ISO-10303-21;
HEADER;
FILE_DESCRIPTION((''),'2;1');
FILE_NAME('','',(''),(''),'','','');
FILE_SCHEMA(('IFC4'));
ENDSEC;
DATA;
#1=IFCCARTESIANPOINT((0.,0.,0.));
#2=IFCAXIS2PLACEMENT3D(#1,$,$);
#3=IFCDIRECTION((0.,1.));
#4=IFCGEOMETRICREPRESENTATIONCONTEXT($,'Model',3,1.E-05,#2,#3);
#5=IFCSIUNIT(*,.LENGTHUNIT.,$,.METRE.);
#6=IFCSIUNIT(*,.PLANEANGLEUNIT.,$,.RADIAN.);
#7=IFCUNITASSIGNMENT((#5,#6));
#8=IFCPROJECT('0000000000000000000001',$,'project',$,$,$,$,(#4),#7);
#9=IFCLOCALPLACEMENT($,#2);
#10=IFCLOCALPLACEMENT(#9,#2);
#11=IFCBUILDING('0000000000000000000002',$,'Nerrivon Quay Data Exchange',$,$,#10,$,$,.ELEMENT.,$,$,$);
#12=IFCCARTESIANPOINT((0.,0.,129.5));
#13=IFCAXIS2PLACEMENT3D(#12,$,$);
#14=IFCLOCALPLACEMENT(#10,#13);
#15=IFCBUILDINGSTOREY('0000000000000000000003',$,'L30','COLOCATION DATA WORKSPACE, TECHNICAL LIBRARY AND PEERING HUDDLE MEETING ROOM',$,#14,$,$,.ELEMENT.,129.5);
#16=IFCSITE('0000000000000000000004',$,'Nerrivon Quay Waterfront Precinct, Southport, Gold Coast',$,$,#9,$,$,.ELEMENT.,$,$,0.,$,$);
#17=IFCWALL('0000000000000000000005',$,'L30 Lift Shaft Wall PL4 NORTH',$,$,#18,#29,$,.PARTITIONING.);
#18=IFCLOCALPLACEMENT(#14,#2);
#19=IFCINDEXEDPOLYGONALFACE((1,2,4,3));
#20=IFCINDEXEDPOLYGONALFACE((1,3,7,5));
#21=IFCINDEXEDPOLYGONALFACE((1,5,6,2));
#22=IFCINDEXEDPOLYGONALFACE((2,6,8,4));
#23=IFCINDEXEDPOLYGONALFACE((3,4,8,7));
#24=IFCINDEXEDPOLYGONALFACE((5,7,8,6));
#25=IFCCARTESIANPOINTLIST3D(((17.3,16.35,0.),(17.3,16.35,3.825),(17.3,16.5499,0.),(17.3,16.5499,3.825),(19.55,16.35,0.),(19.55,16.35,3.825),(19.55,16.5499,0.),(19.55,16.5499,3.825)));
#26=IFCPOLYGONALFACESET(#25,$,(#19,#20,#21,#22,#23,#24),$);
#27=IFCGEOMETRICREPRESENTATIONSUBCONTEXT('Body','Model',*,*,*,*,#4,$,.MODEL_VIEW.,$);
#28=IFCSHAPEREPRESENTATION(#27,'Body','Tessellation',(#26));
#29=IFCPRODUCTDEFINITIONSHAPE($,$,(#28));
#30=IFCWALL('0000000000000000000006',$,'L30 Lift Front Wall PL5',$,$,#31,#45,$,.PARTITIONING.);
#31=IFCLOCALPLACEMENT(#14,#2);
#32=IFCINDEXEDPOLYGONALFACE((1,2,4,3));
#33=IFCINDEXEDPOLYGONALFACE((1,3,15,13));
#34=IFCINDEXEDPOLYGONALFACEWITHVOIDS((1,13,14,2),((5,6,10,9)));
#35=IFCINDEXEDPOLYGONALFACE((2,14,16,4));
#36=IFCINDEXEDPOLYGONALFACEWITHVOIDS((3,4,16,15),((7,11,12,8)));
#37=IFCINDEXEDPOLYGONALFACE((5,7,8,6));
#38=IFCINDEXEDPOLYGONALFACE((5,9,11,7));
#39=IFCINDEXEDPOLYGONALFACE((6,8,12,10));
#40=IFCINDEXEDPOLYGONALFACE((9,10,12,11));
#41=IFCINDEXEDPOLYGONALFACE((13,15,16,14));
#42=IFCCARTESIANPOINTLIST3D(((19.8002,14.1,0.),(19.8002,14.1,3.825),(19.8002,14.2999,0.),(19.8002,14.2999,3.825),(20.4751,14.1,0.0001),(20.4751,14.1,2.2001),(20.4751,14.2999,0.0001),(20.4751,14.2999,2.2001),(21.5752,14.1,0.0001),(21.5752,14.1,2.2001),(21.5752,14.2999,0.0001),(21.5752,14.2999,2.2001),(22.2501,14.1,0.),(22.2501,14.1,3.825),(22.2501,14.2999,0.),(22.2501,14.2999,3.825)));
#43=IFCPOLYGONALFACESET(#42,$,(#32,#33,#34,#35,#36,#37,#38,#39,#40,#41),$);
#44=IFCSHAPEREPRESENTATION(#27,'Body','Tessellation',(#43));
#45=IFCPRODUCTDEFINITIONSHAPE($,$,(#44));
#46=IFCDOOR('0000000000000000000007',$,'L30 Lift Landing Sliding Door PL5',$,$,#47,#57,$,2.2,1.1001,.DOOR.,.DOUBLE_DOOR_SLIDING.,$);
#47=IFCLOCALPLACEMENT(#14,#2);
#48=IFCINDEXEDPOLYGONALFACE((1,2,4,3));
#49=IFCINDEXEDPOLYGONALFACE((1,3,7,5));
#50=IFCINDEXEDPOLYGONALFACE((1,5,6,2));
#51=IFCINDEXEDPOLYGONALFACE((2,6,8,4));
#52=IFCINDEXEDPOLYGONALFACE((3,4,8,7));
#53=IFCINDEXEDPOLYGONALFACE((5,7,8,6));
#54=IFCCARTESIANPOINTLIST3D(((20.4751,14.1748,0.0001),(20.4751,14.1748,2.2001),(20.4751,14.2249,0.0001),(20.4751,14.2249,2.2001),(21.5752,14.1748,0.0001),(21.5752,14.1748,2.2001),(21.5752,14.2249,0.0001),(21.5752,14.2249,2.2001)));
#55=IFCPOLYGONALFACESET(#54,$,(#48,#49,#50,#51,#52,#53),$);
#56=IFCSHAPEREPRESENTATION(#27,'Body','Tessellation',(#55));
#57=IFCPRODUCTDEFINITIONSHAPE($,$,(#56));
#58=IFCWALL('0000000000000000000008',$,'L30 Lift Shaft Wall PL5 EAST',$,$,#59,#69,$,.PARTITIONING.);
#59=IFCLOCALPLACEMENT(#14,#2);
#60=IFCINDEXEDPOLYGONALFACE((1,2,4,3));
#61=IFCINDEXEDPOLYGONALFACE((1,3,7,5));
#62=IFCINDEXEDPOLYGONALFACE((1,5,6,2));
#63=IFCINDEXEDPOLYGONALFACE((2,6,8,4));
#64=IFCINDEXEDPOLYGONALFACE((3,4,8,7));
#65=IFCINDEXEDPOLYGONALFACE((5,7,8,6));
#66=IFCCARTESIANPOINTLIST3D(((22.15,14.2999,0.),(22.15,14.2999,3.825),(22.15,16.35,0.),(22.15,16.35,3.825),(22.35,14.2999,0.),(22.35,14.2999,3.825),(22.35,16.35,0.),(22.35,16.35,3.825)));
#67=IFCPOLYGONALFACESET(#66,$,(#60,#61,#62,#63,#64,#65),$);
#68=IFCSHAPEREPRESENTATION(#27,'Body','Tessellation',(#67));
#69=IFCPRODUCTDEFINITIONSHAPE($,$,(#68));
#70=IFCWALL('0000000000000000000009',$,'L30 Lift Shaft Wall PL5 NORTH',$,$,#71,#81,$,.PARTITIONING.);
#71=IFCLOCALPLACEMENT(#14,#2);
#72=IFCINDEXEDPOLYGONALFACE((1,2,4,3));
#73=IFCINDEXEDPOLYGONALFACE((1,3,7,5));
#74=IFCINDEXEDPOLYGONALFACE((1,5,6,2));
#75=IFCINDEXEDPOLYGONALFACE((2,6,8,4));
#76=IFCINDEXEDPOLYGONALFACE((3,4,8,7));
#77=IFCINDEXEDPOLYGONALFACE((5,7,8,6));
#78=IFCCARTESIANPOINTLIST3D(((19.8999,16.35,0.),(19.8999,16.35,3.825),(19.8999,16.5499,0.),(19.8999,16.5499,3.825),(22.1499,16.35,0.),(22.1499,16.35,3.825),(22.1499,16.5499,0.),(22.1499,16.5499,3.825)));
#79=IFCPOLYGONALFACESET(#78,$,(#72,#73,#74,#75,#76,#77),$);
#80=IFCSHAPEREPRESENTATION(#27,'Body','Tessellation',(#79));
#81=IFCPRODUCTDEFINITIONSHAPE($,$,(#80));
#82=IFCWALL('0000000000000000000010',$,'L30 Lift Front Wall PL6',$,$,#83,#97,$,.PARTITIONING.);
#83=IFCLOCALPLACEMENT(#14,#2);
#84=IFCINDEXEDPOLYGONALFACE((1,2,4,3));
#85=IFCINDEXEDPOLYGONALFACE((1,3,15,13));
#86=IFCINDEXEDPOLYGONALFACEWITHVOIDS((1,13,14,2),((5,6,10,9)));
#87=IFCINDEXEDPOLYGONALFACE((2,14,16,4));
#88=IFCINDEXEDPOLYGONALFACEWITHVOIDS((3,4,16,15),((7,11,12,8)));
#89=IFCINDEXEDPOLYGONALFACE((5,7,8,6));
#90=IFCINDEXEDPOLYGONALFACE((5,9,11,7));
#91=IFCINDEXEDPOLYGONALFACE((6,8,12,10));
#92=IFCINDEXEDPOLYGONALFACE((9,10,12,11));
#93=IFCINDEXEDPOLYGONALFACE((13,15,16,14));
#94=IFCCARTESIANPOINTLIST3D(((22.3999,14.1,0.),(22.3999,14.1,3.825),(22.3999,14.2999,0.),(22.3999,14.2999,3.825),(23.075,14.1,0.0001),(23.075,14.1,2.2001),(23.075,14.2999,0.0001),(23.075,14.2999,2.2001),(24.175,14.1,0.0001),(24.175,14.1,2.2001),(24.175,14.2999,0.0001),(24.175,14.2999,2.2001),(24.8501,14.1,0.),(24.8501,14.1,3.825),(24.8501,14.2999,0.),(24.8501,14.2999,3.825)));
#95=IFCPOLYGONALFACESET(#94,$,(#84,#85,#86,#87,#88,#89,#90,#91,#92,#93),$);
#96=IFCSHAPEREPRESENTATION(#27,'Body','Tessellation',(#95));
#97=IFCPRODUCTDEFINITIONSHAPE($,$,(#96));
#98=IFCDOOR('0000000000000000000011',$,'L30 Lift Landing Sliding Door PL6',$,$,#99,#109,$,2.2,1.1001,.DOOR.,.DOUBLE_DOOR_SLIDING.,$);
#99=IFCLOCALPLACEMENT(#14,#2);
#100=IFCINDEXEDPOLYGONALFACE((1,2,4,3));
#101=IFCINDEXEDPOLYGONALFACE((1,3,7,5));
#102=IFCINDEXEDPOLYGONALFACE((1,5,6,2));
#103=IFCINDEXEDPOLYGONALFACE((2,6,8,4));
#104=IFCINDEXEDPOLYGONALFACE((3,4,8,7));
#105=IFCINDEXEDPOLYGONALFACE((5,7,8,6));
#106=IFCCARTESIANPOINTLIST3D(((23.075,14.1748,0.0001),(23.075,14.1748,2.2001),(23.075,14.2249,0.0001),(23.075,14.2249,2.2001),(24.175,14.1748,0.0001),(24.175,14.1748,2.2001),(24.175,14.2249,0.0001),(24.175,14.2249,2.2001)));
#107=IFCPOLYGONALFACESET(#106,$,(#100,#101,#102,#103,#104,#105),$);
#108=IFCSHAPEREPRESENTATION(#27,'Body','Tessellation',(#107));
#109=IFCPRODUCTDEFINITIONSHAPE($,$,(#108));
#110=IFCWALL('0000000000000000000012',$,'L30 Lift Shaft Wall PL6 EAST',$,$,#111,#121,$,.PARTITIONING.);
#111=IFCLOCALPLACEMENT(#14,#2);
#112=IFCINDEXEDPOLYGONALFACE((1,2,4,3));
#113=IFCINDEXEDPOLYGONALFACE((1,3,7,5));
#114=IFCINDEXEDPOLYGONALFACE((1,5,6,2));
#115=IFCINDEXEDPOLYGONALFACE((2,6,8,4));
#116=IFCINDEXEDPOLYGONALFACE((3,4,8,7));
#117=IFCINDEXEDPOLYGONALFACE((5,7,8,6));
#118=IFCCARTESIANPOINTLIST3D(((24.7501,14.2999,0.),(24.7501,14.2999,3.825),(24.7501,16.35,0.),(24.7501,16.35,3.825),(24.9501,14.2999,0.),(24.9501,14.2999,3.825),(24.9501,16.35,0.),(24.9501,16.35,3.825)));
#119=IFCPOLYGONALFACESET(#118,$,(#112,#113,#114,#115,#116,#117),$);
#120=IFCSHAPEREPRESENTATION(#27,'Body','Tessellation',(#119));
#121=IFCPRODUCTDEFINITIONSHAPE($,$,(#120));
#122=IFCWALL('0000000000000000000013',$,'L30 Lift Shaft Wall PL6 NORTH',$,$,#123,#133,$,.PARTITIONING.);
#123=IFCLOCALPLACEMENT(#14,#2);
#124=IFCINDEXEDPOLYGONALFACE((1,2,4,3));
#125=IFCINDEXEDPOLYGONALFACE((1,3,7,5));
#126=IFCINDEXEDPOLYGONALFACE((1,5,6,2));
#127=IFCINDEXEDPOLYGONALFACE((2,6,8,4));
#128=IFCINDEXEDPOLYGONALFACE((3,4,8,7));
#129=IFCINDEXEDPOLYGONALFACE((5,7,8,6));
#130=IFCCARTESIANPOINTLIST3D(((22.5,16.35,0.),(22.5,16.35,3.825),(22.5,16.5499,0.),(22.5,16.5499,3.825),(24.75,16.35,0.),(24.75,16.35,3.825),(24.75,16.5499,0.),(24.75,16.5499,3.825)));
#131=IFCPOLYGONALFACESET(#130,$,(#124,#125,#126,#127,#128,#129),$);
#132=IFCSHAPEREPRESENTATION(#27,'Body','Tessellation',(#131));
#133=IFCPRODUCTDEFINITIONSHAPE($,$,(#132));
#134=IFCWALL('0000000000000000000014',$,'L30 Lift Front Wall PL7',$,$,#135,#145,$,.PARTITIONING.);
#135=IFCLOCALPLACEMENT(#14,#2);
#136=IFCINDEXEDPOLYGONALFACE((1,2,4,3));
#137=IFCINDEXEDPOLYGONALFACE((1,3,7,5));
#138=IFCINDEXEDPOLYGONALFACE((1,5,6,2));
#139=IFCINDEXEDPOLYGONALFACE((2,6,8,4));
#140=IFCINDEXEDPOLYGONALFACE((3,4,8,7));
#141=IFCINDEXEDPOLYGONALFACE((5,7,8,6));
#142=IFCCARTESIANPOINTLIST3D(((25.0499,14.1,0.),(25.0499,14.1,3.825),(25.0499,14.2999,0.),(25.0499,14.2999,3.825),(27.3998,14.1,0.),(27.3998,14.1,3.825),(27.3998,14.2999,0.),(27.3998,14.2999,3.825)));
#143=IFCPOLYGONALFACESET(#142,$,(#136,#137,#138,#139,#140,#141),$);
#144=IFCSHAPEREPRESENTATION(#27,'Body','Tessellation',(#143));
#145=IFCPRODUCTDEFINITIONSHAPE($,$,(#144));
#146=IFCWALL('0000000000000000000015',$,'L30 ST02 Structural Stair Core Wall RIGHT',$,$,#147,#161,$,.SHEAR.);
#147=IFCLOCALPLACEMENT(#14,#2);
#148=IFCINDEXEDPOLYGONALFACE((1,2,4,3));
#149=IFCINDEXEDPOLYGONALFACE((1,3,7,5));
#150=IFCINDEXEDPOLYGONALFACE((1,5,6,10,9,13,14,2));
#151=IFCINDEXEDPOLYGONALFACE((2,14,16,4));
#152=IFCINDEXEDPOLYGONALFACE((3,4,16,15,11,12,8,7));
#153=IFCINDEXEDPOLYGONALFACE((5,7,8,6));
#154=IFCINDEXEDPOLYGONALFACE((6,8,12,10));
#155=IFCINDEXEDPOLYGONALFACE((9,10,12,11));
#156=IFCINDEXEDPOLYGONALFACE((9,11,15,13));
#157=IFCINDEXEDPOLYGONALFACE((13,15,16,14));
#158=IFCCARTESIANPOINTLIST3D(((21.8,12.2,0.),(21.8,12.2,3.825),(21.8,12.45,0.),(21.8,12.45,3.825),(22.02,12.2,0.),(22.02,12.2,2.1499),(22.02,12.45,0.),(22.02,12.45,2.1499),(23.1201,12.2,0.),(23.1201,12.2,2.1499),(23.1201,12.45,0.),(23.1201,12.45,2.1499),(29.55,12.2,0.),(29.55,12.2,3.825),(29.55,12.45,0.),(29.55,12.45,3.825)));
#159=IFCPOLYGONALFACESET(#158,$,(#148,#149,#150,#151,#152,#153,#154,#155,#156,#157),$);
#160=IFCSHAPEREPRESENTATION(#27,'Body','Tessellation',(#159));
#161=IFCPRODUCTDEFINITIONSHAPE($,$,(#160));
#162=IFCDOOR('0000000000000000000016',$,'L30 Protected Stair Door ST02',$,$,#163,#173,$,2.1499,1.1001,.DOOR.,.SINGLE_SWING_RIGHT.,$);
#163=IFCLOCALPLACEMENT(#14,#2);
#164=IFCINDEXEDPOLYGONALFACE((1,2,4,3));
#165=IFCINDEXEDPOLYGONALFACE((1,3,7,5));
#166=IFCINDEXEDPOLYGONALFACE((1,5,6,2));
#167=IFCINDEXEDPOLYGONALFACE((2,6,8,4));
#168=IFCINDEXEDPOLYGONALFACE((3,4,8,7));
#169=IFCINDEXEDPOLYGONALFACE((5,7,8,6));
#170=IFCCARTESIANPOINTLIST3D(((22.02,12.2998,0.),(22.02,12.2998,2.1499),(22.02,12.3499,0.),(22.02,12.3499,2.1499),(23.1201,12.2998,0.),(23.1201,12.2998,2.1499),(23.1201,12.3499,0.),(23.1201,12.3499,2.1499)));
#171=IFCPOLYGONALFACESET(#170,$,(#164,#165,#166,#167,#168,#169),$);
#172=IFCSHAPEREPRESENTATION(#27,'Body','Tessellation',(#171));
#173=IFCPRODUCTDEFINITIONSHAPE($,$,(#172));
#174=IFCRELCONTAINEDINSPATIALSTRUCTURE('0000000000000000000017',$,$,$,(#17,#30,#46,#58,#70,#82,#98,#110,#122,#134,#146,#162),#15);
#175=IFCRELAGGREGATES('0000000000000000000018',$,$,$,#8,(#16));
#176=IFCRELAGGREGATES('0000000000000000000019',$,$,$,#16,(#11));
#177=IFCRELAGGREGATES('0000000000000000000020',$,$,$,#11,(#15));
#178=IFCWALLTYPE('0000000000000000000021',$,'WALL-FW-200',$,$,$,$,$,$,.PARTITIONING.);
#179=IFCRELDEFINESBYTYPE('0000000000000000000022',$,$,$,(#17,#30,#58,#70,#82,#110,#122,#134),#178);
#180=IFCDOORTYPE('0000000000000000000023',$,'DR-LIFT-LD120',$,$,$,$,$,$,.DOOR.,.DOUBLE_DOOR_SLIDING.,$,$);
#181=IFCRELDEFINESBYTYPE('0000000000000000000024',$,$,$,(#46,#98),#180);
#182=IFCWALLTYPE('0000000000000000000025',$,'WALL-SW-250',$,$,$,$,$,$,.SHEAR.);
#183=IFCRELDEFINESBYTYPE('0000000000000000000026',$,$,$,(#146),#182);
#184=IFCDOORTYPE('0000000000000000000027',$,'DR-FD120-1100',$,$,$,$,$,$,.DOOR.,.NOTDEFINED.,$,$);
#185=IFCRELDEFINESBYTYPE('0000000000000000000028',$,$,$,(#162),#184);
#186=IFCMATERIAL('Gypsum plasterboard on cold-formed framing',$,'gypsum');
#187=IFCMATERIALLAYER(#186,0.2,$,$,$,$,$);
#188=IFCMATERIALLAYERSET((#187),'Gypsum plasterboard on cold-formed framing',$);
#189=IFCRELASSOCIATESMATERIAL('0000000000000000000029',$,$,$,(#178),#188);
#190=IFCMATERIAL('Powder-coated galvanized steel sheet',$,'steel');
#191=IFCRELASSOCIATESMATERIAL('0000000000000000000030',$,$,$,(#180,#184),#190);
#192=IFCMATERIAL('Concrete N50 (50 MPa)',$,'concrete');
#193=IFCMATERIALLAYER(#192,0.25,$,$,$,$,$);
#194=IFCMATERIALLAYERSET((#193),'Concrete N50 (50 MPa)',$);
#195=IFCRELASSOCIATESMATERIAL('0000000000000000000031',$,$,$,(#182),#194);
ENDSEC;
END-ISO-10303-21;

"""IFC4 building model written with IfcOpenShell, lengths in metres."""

from ifc_helpers import new_model, si_unit, direction, frame, frame_2d, origin, place, context, subcontext, project, spatial, rectangle, extrude, material, layer, layer_set, type_object, element, fill, save


model = new_model("IFC4")

# Units and contexts
model_context = context("Model", 3, precision=1e-05, world=origin(), true_north=direction((0.0, 1.0)))
body_context = subcontext(model_context, "Body", "Model", "MODEL_VIEW")
ifc_project = project(units=[si_unit("LENGTHUNIT", "METRE"), si_unit("PLANEANGLEUNIT", "RADIAN")], contexts=[model_context])

# Site, building, storey
site_placement = place(None, origin())
site = spatial("IfcSite", under=ifc_project, at=site_placement, Name="Nerrivon Quay Waterfront Precinct, Southport, Gold Coast", CompositionType="ELEMENT", RefElevation=0.0)
building_placement = place(site_placement, origin())
building = spatial("IfcBuilding", under=site, at=building_placement, Name="Nerrivon Quay Data Exchange", CompositionType="ELEMENT")
storey_placement = place(building_placement, frame((0.0, 0.0, 129.5)))
storey = spatial("IfcBuildingStorey", under=building, at=storey_placement, Name="L30", Description="COLOCATION DATA WORKSPACE, TECHNICAL LIBRARY AND PEERING HUDDLE MEETING ROOM", CompositionType="ELEMENT", Elevation=129.5)

# Shared definitions
ifc_material_1 = material(Name="Gypsum plasterboard on cold-formed framing", Category="gypsum")
ifc_layer_1 = layer(ifc_material_1, 0.2)
ifc_layer_set_1 = layer_set([ifc_layer_1], Name="Gypsum plasterboard on cold-formed framing")
wall_type_1 = type_object("IfcWallType", Name="WALL-FW-200", PredefinedType="PARTITIONING", material=ifc_layer_set_1)

# Shared definitions
ifc_material_2 = material(Name="Powder-coated galvanized steel sheet", Category="steel")
door_type_1 = type_object("IfcDoorType", Name="DR-LIFT-LD120", OperationType="DOUBLE_DOOR_SLIDING", PredefinedType="DOOR", material=ifc_material_2)

# Wall
wall_1_placement = place(storey_placement, frame((17.3, 16.45, 0.0), z_axis=(0.0, 0.0, 1.0), x_axis=(1.0, 0.0, 0.0)))
element("IfcWall", 1, at=wall_1_placement, inside=storey, type_object=wall_type_1, Name="L30 Lift Shaft Wall PL4 NORTH", PredefinedType="PARTITIONING", context=body_context, shape_type="SweptSolid", body=[
    extrude(rectangle(XDim=2.25, YDim=0.2, at=frame_2d((1.125, 0.0))), origin(), (0.0, 0.0, 1.0), 3.825),
])

# Wall, opening, door
wall_2_placement = place(storey_placement, frame((19.8, 14.2, 0.0), z_axis=(0.0, 0.0, 1.0), x_axis=(1.0, 0.0, 0.0)))
wall_2 = element("IfcWall", 2, at=wall_2_placement, inside=storey, type_object=wall_type_1, Name="L30 Lift Front Wall PL5", PredefinedType="PARTITIONING", context=body_context, shape_type="SweptSolid", body=[
    extrude(rectangle(XDim=2.45, YDim=0.2, at=frame_2d((1.2251, 0.0))), origin(), (0.0, 0.0, 1.0), 3.825),
])
opening_1_placement = place(wall_2_placement, frame((0.675, 0.0, 0.0)))
opening_1 = element("IfcOpeningElement", 3, at=opening_1_placement, cuts=wall_2, PredefinedType="OPENING", context=body_context, shape_type="SweptSolid", body=[
    extrude(rectangle(XDim=1.1001, YDim=2.2, at=frame_2d((0.55, 1.1001))), frame((0.0, 0.1099, 0.0), z_axis=(0.0, -1.0, 0.0), x_axis=(1.0, 0.0, 0.0)), (0.0, 0.0, 1.0), 0.22),
])
door_1_placement = place(opening_1_placement, origin())
door_1 = element("IfcDoor", 4, at=door_1_placement, inside=storey, type_object=door_type_1, Name="L30 Lift Landing Sliding Door PL5", OperationType="DOUBLE_DOOR_SLIDING", OverallHeight=2.2, OverallWidth=1.1001, PredefinedType="DOOR", context=body_context, shape_type="SweptSolid", body=[
    extrude(rectangle(XDim=1.1001, YDim=2.2, at=frame_2d((0.55, 1.1001))), frame((0.0, 0.0249, 0.0), z_axis=(0.0, -1.0, 0.0), x_axis=(1.0, 0.0, 0.0)), (0.0, 0.0, 1.0), 0.05),
])
fill(opening_1, door_1)

# Walls
wall_3_placement = place(storey_placement, frame((22.25, 14.3, 0.0), z_axis=(0.0, 0.0, 1.0), x_axis=(0.0, 1.0, 0.0)))
element("IfcWall", 5, at=wall_3_placement, inside=storey, type_object=wall_type_1, Name="L30 Lift Shaft Wall PL5 EAST", PredefinedType="PARTITIONING", context=body_context, shape_type="SweptSolid", body=[
    extrude(rectangle(XDim=2.05, YDim=0.2, at=frame_2d((1.0249, 0.0))), origin(), (0.0, 0.0, 1.0), 3.825),
])
wall_4_placement = place(storey_placement, frame((19.8999, 16.45, 0.0), z_axis=(0.0, 0.0, 1.0), x_axis=(1.0, 0.0, 0.0)))
element("IfcWall", 6, at=wall_4_placement, inside=storey, type_object=wall_type_1, Name="L30 Lift Shaft Wall PL5 NORTH", PredefinedType="PARTITIONING", context=body_context, shape_type="SweptSolid", body=[
    extrude(rectangle(XDim=2.25, YDim=0.2, at=frame_2d((1.125, 0.0))), origin(), (0.0, 0.0, 1.0), 3.825),
])

# Wall, opening, door
wall_5_placement = place(storey_placement, frame((22.3999, 14.2, 0.0), z_axis=(0.0, 0.0, 1.0), x_axis=(1.0, 0.0, 0.0)))
wall_5 = element("IfcWall", 7, at=wall_5_placement, inside=storey, type_object=wall_type_1, Name="L30 Lift Front Wall PL6", PredefinedType="PARTITIONING", context=body_context, shape_type="SweptSolid", body=[
    extrude(rectangle(XDim=2.4502, YDim=0.2, at=frame_2d((1.2251, 0.0))), origin(), (0.0, 0.0, 1.0), 3.825),
])
opening_2_placement = place(wall_5_placement, frame((0.675, 0.0, 0.0)))
opening_2 = element("IfcOpeningElement", 8, at=opening_2_placement, cuts=wall_5, PredefinedType="OPENING", context=body_context, shape_type="SweptSolid", body=[
    extrude(rectangle(XDim=1.1001, YDim=2.2, at=frame_2d((0.55, 1.1001))), frame((0.0, 0.1099, 0.0), z_axis=(0.0, -1.0, 0.0), x_axis=(1.0, 0.0, 0.0)), (0.0, 0.0, 1.0), 0.22),
])
door_2_placement = place(opening_2_placement, origin())
door_2 = element("IfcDoor", 9, at=door_2_placement, inside=storey, type_object=door_type_1, Name="L30 Lift Landing Sliding Door PL6", OperationType="DOUBLE_DOOR_SLIDING", OverallHeight=2.2, OverallWidth=1.1001, PredefinedType="DOOR", context=body_context, shape_type="SweptSolid", body=[
    extrude(rectangle(XDim=1.1001, YDim=2.2, at=frame_2d((0.55, 1.1001))), frame((0.0, 0.0249, 0.0), z_axis=(0.0, -1.0, 0.0), x_axis=(1.0, 0.0, 0.0)), (0.0, 0.0, 1.0), 0.05),
])
fill(opening_2, door_2)

# Walls
wall_6_placement = place(storey_placement, frame((24.8501, 14.3, 0.0), z_axis=(0.0, 0.0, 1.0), x_axis=(0.0, 1.0, 0.0)))
element("IfcWall", 10, at=wall_6_placement, inside=storey, type_object=wall_type_1, Name="L30 Lift Shaft Wall PL6 EAST", PredefinedType="PARTITIONING", context=body_context, shape_type="SweptSolid", body=[
    extrude(rectangle(XDim=2.05, YDim=0.2, at=frame_2d((1.0249, 0.0))), origin(), (0.0, 0.0, 1.0), 3.825),
])
wall_7_placement = place(storey_placement, frame((22.5, 16.45, 0.0), z_axis=(0.0, 0.0, 1.0), x_axis=(1.0, 0.0, 0.0)))
element("IfcWall", 11, at=wall_7_placement, inside=storey, type_object=wall_type_1, Name="L30 Lift Shaft Wall PL6 NORTH", PredefinedType="PARTITIONING", context=body_context, shape_type="SweptSolid", body=[
    extrude(rectangle(XDim=2.25, YDim=0.2, at=frame_2d((1.125, 0.0))), origin(), (0.0, 0.0, 1.0), 3.825),
])
wall_8_placement = place(storey_placement, frame((25.05, 14.2, 0.0), z_axis=(0.0, 0.0, 1.0), x_axis=(1.0, 0.0, 0.0)))
element("IfcWall", 12, at=wall_8_placement, inside=storey, type_object=wall_type_1, Name="L30 Lift Front Wall PL7", PredefinedType="PARTITIONING", context=body_context, shape_type="SweptSolid", body=[
    extrude(rectangle(XDim=2.3499, YDim=0.2, at=frame_2d((1.1748, 0.0))), origin(), (0.0, 0.0, 1.0), 3.825),
])

# Wall, opening, door
ifc_material_3 = material(Name="Concrete N50 (50 MPa)", Category="concrete")
ifc_layer_2 = layer(ifc_material_3, 0.25)
ifc_layer_set_2 = layer_set([ifc_layer_2], Name="Concrete N50 (50 MPa)")
wall_type_2 = type_object("IfcWallType", Name="WALL-SW-250", PredefinedType="SHEAR", material=ifc_layer_set_2)
wall_9_placement = place(storey_placement, frame((21.8, 12.325, 0.0), z_axis=(0.0, 0.0, 1.0), x_axis=(1.0, 0.0, 0.0)))
wall_9 = element("IfcWall", 13, at=wall_9_placement, inside=storey, type_object=wall_type_2, Name="L30 ST02 Structural Stair Core Wall RIGHT", PredefinedType="SHEAR", context=body_context, shape_type="SweptSolid", body=[
    extrude(rectangle(XDim=7.75, YDim=0.25, at=frame_2d((3.875, 0.0))), origin(), (0.0, 0.0, 1.0), 3.825),
])
opening_3_placement = place(wall_9_placement, frame((0.22, 0.0, 0.0)))
opening_3 = element("IfcOpeningElement", 14, at=opening_3_placement, cuts=wall_9, PredefinedType="OPENING", context=body_context, shape_type="SweptSolid", body=[
    extrude(rectangle(XDim=1.1001, YDim=2.1499, at=frame_2d((0.55, 1.075))), frame((0.0, 0.135, 0.0), z_axis=(0.0, -1.0, 0.0), x_axis=(1.0, 0.0, 0.0)), (0.0, 0.0, 1.0), 0.27),
])
door_type_2 = type_object("IfcDoorType", Name="DR-FD120-1100", OperationType="NOTDEFINED", PredefinedType="DOOR", material=ifc_material_2)
door_3_placement = place(opening_3_placement, origin())
door_3 = element("IfcDoor", 15, at=door_3_placement, inside=storey, type_object=door_type_2, Name="L30 Protected Stair Door ST02", OperationType="SINGLE_SWING_RIGHT", OverallHeight=2.1499, OverallWidth=1.1001, PredefinedType="DOOR", context=body_context, shape_type="SweptSolid", body=[
    extrude(rectangle(XDim=1.1001, YDim=2.1499, at=frame_2d((0.55, 1.075))), frame((0.0, 0.0249, 0.0), z_axis=(0.0, -1.0, 0.0), x_axis=(1.0, 0.0, 0.0)), (0.0, 0.0, 1.0), 0.05),
])
fill(opening_3, door_3)

save(model, "model.ifc")
